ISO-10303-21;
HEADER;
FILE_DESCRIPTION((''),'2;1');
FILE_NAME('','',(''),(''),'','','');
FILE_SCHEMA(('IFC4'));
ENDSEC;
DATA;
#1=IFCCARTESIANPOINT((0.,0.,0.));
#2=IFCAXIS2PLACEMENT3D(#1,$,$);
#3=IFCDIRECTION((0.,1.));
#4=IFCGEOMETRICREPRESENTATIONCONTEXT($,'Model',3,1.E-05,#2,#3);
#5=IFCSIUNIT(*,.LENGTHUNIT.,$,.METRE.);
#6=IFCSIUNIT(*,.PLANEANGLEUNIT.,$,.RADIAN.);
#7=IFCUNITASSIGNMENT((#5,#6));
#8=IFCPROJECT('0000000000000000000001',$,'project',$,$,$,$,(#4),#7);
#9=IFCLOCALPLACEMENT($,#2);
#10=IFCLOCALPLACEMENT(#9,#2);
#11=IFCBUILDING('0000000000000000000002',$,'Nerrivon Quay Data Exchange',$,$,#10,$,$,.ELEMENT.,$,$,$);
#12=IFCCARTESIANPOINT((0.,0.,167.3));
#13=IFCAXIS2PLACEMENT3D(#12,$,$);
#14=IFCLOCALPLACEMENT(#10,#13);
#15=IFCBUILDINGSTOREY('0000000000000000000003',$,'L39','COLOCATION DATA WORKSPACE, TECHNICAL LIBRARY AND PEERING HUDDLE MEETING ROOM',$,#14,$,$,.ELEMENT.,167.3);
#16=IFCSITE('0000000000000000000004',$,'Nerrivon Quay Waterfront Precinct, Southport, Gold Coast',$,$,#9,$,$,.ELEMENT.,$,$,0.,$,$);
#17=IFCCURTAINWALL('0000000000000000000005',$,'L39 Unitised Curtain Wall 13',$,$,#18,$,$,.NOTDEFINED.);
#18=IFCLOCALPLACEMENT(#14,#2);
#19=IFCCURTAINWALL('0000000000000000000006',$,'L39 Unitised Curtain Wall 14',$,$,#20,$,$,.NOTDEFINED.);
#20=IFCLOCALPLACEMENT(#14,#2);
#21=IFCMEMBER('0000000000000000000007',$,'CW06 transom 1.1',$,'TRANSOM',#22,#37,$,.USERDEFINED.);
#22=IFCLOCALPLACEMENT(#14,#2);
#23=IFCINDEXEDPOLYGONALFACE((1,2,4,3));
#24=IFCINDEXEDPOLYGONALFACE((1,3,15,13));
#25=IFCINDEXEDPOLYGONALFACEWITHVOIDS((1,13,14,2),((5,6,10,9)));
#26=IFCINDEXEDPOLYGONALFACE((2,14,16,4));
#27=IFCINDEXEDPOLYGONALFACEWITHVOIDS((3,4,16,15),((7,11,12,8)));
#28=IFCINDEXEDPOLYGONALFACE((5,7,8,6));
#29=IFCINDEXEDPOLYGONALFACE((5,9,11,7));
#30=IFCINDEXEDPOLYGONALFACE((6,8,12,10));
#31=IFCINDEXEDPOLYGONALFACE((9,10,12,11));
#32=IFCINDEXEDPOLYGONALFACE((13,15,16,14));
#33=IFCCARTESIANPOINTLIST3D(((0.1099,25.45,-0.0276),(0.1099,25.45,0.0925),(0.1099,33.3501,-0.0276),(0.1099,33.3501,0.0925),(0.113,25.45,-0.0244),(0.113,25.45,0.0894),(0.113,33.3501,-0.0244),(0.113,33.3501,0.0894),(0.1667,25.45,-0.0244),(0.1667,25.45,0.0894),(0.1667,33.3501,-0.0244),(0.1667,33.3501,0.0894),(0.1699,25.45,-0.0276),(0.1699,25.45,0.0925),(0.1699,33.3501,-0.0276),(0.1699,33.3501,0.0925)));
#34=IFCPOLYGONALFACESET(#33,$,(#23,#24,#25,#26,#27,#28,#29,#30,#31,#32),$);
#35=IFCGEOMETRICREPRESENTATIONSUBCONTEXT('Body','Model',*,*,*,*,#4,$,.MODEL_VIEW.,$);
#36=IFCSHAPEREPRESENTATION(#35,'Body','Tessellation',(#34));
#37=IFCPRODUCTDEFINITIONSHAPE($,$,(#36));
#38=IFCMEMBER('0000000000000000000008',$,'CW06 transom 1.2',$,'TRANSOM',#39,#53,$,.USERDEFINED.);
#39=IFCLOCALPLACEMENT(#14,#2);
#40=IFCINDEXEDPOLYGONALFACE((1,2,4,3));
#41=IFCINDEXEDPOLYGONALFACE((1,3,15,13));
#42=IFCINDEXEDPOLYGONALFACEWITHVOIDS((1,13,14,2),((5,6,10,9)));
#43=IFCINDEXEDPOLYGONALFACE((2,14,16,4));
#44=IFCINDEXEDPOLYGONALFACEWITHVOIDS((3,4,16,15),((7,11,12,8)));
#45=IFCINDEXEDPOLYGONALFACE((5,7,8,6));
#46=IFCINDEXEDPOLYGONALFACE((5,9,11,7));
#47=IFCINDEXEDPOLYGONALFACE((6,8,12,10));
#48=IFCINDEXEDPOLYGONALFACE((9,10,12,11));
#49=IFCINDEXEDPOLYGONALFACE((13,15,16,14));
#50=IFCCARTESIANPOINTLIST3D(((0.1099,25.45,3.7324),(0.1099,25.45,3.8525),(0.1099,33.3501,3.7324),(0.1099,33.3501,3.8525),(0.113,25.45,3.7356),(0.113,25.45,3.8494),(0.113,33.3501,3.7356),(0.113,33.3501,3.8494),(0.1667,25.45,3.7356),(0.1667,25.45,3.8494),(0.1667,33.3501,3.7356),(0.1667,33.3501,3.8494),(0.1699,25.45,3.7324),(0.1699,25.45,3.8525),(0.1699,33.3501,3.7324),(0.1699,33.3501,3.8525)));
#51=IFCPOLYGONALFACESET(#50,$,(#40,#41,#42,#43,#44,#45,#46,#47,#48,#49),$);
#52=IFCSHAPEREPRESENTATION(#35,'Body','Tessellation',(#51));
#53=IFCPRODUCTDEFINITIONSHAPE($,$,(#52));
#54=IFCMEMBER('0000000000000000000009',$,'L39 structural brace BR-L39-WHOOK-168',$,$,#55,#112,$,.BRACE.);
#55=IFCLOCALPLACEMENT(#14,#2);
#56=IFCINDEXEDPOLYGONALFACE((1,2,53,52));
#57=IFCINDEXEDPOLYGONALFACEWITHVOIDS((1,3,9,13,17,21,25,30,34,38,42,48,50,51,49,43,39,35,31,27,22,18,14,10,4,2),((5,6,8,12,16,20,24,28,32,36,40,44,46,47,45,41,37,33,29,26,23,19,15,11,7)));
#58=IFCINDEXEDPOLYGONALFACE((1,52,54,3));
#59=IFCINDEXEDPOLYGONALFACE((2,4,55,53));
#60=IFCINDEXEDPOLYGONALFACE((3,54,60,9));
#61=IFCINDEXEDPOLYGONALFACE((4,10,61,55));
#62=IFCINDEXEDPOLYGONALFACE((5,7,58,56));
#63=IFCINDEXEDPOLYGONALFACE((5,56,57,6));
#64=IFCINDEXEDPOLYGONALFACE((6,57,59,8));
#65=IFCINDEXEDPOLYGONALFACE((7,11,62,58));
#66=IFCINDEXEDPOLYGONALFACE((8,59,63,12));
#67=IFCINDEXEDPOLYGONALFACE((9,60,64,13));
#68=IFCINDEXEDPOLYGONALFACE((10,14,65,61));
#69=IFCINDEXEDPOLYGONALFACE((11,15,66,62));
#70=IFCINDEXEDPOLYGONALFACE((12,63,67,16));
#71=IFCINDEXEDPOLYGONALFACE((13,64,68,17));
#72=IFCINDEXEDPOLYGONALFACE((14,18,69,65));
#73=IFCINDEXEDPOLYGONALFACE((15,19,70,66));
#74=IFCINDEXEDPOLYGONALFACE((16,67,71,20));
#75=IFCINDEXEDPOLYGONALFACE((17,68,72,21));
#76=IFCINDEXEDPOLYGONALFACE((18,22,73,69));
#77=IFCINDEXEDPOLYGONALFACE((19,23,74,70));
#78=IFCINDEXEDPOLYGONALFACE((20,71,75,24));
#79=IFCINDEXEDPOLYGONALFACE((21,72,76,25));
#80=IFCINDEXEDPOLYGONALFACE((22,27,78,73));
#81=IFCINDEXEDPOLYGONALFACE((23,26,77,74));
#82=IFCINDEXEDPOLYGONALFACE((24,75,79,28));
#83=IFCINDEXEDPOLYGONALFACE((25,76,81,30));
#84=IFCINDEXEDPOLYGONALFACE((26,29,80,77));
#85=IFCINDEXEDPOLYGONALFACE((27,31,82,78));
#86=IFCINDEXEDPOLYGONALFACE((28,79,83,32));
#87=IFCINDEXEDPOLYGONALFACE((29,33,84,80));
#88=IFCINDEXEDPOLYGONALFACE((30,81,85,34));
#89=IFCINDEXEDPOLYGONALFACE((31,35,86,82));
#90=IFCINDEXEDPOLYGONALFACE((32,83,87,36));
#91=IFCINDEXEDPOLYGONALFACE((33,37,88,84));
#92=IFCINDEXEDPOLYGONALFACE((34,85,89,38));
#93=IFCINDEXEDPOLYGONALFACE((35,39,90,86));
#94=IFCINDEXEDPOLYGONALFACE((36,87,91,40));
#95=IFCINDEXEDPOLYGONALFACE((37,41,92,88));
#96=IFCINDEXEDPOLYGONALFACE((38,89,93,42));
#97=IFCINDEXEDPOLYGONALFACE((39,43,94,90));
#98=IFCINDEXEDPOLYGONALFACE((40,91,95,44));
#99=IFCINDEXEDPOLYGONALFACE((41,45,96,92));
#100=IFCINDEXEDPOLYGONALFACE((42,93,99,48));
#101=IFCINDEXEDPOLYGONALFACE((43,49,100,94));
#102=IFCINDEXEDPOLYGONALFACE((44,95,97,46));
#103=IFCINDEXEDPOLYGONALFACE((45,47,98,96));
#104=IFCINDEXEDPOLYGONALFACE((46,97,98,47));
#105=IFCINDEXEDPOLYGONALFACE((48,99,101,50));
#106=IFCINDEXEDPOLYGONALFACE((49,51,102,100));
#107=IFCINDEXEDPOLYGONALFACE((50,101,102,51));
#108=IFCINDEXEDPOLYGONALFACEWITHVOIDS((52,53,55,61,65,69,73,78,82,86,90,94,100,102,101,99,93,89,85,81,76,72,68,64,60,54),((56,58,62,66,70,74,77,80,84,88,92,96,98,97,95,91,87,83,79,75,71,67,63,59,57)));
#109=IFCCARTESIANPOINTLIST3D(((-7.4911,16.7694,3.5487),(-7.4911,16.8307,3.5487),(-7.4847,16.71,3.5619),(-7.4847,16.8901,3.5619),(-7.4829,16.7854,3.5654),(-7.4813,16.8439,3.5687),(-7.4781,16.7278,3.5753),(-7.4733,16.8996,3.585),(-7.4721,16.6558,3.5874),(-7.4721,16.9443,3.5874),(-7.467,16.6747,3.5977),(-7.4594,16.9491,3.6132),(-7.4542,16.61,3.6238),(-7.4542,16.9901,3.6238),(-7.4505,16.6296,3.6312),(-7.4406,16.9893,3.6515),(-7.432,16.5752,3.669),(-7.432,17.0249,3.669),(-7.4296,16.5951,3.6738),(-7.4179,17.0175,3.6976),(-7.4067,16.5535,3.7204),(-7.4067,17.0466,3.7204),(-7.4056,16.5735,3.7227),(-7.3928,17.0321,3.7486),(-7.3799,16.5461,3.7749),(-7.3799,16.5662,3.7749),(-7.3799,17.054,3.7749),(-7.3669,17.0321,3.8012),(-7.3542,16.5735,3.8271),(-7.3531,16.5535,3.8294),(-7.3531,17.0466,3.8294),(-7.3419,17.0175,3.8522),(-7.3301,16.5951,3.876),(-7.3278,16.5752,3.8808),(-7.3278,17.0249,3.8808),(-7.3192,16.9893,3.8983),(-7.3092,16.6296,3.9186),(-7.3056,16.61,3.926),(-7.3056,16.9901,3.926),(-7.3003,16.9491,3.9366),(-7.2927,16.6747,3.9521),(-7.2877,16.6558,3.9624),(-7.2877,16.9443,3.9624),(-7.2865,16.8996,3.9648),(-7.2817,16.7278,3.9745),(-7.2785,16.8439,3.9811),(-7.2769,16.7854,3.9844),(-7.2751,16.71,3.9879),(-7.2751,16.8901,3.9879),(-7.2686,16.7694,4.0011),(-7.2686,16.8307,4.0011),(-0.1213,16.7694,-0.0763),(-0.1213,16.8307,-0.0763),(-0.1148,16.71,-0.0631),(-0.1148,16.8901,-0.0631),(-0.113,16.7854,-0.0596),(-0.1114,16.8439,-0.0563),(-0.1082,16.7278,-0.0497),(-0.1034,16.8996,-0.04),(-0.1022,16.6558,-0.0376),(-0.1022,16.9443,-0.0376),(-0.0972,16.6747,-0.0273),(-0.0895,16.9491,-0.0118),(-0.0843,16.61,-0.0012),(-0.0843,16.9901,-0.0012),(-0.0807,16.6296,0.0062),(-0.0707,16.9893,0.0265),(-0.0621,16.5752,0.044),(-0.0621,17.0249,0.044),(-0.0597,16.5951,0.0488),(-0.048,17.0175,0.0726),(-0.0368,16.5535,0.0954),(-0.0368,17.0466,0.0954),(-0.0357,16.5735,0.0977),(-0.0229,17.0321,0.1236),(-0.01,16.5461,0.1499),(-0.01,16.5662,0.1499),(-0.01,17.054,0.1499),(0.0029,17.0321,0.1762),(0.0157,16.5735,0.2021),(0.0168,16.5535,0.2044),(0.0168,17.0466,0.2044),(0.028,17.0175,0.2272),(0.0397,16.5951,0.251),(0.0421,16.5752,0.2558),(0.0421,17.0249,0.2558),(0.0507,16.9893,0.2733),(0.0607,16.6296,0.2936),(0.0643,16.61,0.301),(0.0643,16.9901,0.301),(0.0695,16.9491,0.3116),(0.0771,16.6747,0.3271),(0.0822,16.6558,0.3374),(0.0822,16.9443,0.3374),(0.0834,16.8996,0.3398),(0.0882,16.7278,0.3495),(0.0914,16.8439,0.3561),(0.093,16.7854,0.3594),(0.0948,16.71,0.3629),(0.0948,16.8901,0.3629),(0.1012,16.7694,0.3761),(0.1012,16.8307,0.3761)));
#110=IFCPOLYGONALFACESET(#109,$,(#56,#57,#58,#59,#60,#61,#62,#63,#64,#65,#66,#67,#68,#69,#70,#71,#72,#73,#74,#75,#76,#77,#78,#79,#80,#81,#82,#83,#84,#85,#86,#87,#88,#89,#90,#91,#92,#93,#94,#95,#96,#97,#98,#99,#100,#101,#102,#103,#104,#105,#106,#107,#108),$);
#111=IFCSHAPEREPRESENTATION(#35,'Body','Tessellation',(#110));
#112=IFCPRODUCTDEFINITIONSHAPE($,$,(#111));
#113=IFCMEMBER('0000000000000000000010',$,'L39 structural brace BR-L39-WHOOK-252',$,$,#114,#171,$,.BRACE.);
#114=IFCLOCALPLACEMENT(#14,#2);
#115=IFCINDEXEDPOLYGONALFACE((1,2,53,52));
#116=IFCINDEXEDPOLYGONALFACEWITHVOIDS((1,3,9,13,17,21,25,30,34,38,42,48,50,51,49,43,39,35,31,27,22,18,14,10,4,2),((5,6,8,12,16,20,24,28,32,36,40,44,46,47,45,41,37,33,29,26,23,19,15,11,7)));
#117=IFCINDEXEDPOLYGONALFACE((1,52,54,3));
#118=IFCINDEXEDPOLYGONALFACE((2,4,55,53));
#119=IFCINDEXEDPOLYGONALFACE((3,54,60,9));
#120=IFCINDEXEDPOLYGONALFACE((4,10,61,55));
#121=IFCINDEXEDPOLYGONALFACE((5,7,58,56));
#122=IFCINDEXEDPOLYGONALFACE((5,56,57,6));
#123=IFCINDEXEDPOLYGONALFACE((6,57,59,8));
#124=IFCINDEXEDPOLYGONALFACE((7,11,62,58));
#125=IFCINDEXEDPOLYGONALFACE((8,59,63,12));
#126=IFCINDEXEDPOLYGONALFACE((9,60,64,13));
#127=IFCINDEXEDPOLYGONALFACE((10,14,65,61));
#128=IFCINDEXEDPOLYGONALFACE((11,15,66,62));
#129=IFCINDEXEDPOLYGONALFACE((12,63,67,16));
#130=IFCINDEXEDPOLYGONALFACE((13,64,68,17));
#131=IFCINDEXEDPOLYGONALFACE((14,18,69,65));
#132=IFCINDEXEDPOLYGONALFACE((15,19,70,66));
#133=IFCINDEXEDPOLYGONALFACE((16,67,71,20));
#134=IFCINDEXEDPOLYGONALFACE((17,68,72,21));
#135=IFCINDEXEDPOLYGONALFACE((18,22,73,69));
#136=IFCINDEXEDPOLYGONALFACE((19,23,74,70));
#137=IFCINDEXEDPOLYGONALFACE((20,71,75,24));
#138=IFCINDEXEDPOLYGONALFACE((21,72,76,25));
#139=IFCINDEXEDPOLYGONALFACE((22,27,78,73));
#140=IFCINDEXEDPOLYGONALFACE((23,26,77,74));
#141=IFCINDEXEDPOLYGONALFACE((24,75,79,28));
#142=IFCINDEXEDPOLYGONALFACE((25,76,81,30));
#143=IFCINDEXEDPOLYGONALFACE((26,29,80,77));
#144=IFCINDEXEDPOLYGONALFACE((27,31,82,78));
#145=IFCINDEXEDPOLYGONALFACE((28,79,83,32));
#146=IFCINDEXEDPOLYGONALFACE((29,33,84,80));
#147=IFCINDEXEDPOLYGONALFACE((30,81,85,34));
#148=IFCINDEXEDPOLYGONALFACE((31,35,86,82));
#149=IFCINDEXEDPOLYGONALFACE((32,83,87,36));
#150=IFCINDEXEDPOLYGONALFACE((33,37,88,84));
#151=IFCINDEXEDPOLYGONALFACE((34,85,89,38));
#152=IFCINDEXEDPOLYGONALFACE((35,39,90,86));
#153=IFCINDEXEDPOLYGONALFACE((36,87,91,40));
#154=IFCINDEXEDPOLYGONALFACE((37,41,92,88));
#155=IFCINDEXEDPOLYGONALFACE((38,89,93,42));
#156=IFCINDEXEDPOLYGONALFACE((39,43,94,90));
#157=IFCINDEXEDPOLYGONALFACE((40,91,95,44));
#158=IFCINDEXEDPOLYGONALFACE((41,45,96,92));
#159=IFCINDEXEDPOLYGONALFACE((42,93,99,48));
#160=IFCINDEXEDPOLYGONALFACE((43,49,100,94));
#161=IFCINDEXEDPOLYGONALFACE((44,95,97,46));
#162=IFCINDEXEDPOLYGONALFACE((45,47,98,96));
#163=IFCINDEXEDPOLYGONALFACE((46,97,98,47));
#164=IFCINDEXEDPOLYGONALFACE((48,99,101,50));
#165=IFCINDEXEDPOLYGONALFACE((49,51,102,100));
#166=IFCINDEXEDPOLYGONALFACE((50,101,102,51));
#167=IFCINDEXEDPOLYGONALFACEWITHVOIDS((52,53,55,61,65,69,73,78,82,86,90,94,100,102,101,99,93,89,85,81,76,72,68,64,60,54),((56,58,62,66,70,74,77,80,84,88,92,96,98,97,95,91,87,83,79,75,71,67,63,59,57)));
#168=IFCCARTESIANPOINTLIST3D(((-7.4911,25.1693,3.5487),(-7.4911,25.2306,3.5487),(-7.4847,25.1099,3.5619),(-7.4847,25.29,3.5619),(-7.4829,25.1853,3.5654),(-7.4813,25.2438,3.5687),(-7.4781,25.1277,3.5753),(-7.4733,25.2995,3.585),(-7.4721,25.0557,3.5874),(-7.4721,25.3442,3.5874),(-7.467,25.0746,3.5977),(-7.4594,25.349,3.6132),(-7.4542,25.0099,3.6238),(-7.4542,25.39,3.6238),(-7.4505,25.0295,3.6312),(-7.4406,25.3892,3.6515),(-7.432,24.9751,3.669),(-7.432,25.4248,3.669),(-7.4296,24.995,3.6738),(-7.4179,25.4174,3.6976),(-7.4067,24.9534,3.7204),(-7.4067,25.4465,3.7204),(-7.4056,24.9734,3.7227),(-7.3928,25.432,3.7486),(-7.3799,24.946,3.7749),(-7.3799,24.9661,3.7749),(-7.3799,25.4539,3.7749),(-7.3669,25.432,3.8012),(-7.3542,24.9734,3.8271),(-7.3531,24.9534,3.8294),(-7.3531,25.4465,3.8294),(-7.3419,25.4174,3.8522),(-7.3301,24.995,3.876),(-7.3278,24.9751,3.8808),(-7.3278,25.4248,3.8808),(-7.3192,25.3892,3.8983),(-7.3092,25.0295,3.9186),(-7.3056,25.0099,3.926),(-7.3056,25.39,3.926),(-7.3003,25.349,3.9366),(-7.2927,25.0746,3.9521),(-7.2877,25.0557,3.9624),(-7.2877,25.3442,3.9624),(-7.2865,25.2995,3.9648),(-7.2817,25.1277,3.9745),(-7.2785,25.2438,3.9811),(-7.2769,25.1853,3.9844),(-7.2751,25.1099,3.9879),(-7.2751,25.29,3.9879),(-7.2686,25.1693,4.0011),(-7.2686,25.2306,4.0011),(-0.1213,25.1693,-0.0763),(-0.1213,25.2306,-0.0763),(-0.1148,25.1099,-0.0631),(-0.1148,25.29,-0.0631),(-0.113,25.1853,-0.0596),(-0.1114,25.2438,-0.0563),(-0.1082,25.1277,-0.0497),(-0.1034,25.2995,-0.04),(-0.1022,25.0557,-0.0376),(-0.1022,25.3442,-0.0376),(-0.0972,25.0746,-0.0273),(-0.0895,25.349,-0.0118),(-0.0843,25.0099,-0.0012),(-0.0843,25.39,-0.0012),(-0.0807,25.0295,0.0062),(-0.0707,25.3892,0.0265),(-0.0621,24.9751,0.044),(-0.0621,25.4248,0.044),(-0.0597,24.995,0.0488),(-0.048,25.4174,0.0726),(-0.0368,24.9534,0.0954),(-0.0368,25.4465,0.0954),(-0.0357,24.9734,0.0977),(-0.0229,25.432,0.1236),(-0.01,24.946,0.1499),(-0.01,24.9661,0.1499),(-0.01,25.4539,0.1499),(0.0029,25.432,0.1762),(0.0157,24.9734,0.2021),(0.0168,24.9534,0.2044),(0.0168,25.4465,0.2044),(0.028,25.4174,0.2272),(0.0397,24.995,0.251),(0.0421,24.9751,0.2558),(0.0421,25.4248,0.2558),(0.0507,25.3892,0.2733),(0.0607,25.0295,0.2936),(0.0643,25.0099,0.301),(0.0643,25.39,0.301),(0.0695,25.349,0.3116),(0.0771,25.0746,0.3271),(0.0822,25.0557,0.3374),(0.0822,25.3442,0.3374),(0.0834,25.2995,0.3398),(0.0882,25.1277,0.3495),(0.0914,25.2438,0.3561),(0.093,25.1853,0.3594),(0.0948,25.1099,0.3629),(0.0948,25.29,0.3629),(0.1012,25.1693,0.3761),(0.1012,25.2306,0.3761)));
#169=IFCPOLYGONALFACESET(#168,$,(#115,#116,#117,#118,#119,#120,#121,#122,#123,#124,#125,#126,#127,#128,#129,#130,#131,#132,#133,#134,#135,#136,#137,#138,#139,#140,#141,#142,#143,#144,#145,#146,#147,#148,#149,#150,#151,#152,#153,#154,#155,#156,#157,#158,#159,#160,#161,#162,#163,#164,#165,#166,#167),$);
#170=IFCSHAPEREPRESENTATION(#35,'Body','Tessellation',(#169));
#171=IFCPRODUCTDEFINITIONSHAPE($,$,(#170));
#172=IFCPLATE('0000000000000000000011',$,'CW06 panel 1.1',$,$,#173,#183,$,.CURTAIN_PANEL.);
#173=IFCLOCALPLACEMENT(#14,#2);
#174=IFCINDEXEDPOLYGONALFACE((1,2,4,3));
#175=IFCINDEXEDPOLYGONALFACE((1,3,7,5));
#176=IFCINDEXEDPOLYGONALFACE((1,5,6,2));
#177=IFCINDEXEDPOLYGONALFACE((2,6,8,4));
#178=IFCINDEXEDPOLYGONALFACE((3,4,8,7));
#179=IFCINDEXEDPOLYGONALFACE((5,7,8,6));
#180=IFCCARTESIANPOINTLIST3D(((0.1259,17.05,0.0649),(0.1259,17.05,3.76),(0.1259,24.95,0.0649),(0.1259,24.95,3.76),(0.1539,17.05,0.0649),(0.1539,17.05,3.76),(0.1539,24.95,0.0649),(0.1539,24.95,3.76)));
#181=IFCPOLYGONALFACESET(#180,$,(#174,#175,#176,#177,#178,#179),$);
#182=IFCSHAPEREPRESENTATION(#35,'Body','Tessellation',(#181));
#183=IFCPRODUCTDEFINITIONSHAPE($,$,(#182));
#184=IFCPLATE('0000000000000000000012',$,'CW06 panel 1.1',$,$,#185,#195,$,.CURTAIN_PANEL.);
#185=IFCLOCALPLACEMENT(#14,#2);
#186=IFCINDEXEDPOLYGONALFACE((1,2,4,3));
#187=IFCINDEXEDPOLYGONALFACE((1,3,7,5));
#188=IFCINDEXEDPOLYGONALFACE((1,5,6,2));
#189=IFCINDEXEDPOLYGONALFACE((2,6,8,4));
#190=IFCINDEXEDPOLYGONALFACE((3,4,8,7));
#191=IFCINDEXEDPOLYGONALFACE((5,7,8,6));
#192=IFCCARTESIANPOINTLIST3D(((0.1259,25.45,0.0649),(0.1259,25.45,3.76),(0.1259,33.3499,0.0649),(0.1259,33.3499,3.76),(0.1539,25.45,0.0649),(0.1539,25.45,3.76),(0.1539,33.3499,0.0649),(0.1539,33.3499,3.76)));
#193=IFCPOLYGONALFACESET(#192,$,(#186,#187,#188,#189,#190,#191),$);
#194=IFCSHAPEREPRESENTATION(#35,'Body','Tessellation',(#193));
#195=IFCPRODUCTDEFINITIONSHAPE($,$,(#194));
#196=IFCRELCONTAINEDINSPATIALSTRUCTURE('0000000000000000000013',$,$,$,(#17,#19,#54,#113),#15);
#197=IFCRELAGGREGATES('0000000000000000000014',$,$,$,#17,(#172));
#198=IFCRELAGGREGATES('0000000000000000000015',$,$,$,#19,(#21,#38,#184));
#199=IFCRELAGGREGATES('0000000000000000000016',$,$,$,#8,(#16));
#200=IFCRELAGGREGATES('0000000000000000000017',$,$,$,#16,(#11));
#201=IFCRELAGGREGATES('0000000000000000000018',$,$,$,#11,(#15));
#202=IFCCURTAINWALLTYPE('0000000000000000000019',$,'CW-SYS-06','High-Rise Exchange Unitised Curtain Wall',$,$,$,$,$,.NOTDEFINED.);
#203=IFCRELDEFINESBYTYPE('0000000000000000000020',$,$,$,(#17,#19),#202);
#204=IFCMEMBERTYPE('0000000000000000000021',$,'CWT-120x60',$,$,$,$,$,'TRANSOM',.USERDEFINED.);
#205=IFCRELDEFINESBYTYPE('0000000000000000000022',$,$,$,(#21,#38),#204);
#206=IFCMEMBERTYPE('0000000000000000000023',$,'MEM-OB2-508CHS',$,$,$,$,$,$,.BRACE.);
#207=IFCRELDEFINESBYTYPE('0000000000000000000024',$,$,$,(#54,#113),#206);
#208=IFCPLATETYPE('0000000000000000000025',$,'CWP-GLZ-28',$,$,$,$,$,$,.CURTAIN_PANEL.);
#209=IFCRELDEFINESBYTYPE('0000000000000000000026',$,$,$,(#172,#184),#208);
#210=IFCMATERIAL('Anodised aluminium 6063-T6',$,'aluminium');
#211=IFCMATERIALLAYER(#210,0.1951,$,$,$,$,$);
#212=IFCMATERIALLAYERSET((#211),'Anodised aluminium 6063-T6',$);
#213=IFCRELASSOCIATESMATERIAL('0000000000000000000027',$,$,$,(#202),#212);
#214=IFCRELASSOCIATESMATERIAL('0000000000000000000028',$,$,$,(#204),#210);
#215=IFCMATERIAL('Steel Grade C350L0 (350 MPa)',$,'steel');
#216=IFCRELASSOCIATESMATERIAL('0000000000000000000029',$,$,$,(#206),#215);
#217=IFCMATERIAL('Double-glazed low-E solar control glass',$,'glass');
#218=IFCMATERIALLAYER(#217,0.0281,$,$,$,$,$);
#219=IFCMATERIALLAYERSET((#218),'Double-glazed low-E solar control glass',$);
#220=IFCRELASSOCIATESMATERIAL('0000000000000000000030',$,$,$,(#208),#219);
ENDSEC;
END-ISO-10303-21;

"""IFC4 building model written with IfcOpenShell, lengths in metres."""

from ifc_helpers import new_model, si_unit, direction, frame, origin, origin_2d, place, context, subcontext, project, spatial, rectangle, hollow_rectangle, hollow_circle, extrude, material, layer, layer_set, material_profile, profile_set, type_object, element, aggregate, save


model = new_model("IFC4")

# Units and contexts
model_context = context("Model", 3, precision=1e-05, world=origin(), true_north=direction((0.0, 1.0)))
body_context = subcontext(model_context, "Body", "Model", "MODEL_VIEW")
ifc_project = project(units=[si_unit("LENGTHUNIT", "METRE"), si_unit("PLANEANGLEUNIT", "RADIAN")], contexts=[model_context])

# Site, building, storey
site_placement = place(None, origin())
site = spatial("IfcSite", under=ifc_project, at=site_placement, Name="Nerrivon Quay Waterfront Precinct, Southport, Gold Coast", CompositionType="ELEMENT", RefElevation=0.0)
building_placement = place(site_placement, origin())
building = spatial("IfcBuilding", under=site, at=building_placement, Name="Nerrivon Quay Data Exchange", CompositionType="ELEMENT")
storey_placement = place(building_placement, frame((0.0, 0.0, 167.3)))
storey = spatial("IfcBuildingStorey", under=building, at=storey_placement, Name="L39", Description="COLOCATION DATA WORKSPACE, TECHNICAL LIBRARY AND PEERING HUDDLE MEETING ROOM", CompositionType="ELEMENT", Elevation=167.3)

# Curtain walls
ifc_material_1 = material(Name="Anodised aluminium 6063-T6", Category="aluminium")
ifc_layer_1 = layer(ifc_material_1, 0.1951)
ifc_layer_set_1 = layer_set([ifc_layer_1], Name="Anodised aluminium 6063-T6")
curtain_wall_type = type_object("IfcCurtainWallType", Name="CW-SYS-06", Description="High-Rise Exchange Unitised Curtain Wall", PredefinedType="NOTDEFINED", material=ifc_layer_set_1)
curtain_wall_1_placement = place(storey_placement, origin())
curtain_wall_1 = element("IfcCurtainWall", 1, at=curtain_wall_1_placement, inside=storey, type_object=curtain_wall_type, Name="L39 Unitised Curtain Wall 13", PredefinedType="NOTDEFINED")
curtain_wall_2_placement = place(storey_placement, origin())
curtain_wall_2 = element("IfcCurtainWall", 2, at=curtain_wall_2_placement, inside=storey, type_object=curtain_wall_type, Name="L39 Unitised Curtain Wall 14", PredefinedType="NOTDEFINED")

# Members
ifc_material_profile_1 = material_profile(ifc_material_1, hollow_rectangle(XDim=0.0601, YDim=0.1201, WallThickness=0.0032, at=origin_2d()), Name="ALU-TRAN-120x60")
ifc_profile_set_1 = profile_set([ifc_material_profile_1], Name="Anodised aluminium 6063-T6")
member_type_1 = type_object("IfcMemberType", Name="CWT-120x60", ElementType="TRANSOM", PredefinedType="USERDEFINED", material=ifc_profile_set_1)
member_1_placement = place(storey_placement, frame((0.1399, 25.45, 0.0325), z_axis=(0.0, 1.0, 0.0), x_axis=(-1.0, 0.0, 0.0)))
member_1 = element("IfcMember", 3, at=member_1_placement, type_object=member_type_1, Name="CW06 transom 1.1", ObjectType="TRANSOM", PredefinedType="USERDEFINED", context=body_context, shape_type="SweptSolid", body=[
    extrude(hollow_rectangle(XDim=0.0601, YDim=0.1201, WallThickness=0.0032, at=origin_2d()), origin(), (0.0, 0.0, 1.0), 7.9001),
])
member_2_placement = place(storey_placement, frame((0.1399, 25.45, 3.7925), z_axis=(0.0, 1.0, 0.0), x_axis=(-1.0, 0.0, 0.0)))
member_2 = element("IfcMember", 4, at=member_2_placement, type_object=member_type_1, Name="CW06 transom 1.2", ObjectType="TRANSOM", PredefinedType="USERDEFINED", context=body_context, shape_type="SweptSolid", body=[
    extrude(hollow_rectangle(XDim=0.0601, YDim=0.1201, WallThickness=0.0032, at=origin_2d()), origin(), (0.0, 0.0, 1.0), 7.9001),
])

# Members
ifc_material_2 = material(Name="Steel Grade C350L0 (350 MPa)", Category="steel")
ifc_material_profile_2 = material_profile(ifc_material_2, hollow_circle(Radius=0.2539, WallThickness=0.02, at=origin_2d()), Name="508.0x20.0CHS")
ifc_profile_set_2 = profile_set([ifc_material_profile_2], Name="Steel Grade C350L0 (350 MPa)")
member_type_2 = type_object("IfcMemberType", Name="MEM-OB2-508CHS", PredefinedType="BRACE", material=ifc_profile_set_2)
for number, where, z_axis, x_axis, name in (
    (5, (-0.01, 16.8, 0.1499), (-0.897327, 0.0, 0.441366), (0.0, -1.0, 0.0), "L39 structural brace BR-L39-WHOOK-168"),
    (6, (-0.01, 25.2, 0.1499), (-0.897327, 0.0, 0.441366), (0.0, -1.0, 0.0), "L39 structural brace BR-L39-WHOOK-252"),
):
    element("IfcMember", number, at=place(storey_placement, frame(where, z_axis=z_axis, x_axis=x_axis)), inside=storey, type_object=member_type_2, Name=name, PredefinedType="BRACE", context=body_context, shape_type="SweptSolid", body=[
        extrude(hollow_circle(Radius=0.2539, WallThickness=0.02, at=origin_2d()), origin(), (0.0, 0.0, 1.0), 8.2131),
    ])

# Plates
ifc_material_3 = material(Name="Double-glazed low-E solar control glass", Category="glass")
ifc_layer_2 = layer(ifc_material_3, 0.0281)
ifc_layer_set_2 = layer_set([ifc_layer_2], Name="Double-glazed low-E solar control glass")
plate_type_1 = type_object("IfcPlateType", Name="CWP-GLZ-28", PredefinedType="CURTAIN_PANEL", material=ifc_layer_set_2)
plate_1_placement = place(storey_placement, frame((0.1399, 21.0, 0.0649), z_axis=(0.0, 0.0, 1.0), x_axis=(0.0, 1.0, 0.0)))
plate_1 = element("IfcPlate", 7, at=plate_1_placement, type_object=plate_type_1, Name="CW06 panel 1.1", PredefinedType="CURTAIN_PANEL", context=body_context, shape_type="SweptSolid", body=[
    extrude(rectangle(XDim=7.8999, YDim=0.0281, at=origin_2d()), origin(), (0.0, 0.0, 1.0), 3.6951),
])
aggregate(curtain_wall_1, [plate_1])
plate_2_placement = place(storey_placement, frame((0.1399, 29.3999, 0.0649), z_axis=(0.0, 0.0, 1.0), x_axis=(0.0, 1.0, 0.0)))
plate_2 = element("IfcPlate", 8, at=plate_2_placement, type_object=plate_type_1, Name="CW06 panel 1.1", PredefinedType="CURTAIN_PANEL", context=body_context, shape_type="SweptSolid", body=[
    extrude(rectangle(XDim=7.8999, YDim=0.0281, at=origin_2d()), origin(), (0.0, 0.0, 1.0), 3.6951),
])
aggregate(curtain_wall_2, [member_1, member_2, plate_2])

save(model, "model.ifc")
